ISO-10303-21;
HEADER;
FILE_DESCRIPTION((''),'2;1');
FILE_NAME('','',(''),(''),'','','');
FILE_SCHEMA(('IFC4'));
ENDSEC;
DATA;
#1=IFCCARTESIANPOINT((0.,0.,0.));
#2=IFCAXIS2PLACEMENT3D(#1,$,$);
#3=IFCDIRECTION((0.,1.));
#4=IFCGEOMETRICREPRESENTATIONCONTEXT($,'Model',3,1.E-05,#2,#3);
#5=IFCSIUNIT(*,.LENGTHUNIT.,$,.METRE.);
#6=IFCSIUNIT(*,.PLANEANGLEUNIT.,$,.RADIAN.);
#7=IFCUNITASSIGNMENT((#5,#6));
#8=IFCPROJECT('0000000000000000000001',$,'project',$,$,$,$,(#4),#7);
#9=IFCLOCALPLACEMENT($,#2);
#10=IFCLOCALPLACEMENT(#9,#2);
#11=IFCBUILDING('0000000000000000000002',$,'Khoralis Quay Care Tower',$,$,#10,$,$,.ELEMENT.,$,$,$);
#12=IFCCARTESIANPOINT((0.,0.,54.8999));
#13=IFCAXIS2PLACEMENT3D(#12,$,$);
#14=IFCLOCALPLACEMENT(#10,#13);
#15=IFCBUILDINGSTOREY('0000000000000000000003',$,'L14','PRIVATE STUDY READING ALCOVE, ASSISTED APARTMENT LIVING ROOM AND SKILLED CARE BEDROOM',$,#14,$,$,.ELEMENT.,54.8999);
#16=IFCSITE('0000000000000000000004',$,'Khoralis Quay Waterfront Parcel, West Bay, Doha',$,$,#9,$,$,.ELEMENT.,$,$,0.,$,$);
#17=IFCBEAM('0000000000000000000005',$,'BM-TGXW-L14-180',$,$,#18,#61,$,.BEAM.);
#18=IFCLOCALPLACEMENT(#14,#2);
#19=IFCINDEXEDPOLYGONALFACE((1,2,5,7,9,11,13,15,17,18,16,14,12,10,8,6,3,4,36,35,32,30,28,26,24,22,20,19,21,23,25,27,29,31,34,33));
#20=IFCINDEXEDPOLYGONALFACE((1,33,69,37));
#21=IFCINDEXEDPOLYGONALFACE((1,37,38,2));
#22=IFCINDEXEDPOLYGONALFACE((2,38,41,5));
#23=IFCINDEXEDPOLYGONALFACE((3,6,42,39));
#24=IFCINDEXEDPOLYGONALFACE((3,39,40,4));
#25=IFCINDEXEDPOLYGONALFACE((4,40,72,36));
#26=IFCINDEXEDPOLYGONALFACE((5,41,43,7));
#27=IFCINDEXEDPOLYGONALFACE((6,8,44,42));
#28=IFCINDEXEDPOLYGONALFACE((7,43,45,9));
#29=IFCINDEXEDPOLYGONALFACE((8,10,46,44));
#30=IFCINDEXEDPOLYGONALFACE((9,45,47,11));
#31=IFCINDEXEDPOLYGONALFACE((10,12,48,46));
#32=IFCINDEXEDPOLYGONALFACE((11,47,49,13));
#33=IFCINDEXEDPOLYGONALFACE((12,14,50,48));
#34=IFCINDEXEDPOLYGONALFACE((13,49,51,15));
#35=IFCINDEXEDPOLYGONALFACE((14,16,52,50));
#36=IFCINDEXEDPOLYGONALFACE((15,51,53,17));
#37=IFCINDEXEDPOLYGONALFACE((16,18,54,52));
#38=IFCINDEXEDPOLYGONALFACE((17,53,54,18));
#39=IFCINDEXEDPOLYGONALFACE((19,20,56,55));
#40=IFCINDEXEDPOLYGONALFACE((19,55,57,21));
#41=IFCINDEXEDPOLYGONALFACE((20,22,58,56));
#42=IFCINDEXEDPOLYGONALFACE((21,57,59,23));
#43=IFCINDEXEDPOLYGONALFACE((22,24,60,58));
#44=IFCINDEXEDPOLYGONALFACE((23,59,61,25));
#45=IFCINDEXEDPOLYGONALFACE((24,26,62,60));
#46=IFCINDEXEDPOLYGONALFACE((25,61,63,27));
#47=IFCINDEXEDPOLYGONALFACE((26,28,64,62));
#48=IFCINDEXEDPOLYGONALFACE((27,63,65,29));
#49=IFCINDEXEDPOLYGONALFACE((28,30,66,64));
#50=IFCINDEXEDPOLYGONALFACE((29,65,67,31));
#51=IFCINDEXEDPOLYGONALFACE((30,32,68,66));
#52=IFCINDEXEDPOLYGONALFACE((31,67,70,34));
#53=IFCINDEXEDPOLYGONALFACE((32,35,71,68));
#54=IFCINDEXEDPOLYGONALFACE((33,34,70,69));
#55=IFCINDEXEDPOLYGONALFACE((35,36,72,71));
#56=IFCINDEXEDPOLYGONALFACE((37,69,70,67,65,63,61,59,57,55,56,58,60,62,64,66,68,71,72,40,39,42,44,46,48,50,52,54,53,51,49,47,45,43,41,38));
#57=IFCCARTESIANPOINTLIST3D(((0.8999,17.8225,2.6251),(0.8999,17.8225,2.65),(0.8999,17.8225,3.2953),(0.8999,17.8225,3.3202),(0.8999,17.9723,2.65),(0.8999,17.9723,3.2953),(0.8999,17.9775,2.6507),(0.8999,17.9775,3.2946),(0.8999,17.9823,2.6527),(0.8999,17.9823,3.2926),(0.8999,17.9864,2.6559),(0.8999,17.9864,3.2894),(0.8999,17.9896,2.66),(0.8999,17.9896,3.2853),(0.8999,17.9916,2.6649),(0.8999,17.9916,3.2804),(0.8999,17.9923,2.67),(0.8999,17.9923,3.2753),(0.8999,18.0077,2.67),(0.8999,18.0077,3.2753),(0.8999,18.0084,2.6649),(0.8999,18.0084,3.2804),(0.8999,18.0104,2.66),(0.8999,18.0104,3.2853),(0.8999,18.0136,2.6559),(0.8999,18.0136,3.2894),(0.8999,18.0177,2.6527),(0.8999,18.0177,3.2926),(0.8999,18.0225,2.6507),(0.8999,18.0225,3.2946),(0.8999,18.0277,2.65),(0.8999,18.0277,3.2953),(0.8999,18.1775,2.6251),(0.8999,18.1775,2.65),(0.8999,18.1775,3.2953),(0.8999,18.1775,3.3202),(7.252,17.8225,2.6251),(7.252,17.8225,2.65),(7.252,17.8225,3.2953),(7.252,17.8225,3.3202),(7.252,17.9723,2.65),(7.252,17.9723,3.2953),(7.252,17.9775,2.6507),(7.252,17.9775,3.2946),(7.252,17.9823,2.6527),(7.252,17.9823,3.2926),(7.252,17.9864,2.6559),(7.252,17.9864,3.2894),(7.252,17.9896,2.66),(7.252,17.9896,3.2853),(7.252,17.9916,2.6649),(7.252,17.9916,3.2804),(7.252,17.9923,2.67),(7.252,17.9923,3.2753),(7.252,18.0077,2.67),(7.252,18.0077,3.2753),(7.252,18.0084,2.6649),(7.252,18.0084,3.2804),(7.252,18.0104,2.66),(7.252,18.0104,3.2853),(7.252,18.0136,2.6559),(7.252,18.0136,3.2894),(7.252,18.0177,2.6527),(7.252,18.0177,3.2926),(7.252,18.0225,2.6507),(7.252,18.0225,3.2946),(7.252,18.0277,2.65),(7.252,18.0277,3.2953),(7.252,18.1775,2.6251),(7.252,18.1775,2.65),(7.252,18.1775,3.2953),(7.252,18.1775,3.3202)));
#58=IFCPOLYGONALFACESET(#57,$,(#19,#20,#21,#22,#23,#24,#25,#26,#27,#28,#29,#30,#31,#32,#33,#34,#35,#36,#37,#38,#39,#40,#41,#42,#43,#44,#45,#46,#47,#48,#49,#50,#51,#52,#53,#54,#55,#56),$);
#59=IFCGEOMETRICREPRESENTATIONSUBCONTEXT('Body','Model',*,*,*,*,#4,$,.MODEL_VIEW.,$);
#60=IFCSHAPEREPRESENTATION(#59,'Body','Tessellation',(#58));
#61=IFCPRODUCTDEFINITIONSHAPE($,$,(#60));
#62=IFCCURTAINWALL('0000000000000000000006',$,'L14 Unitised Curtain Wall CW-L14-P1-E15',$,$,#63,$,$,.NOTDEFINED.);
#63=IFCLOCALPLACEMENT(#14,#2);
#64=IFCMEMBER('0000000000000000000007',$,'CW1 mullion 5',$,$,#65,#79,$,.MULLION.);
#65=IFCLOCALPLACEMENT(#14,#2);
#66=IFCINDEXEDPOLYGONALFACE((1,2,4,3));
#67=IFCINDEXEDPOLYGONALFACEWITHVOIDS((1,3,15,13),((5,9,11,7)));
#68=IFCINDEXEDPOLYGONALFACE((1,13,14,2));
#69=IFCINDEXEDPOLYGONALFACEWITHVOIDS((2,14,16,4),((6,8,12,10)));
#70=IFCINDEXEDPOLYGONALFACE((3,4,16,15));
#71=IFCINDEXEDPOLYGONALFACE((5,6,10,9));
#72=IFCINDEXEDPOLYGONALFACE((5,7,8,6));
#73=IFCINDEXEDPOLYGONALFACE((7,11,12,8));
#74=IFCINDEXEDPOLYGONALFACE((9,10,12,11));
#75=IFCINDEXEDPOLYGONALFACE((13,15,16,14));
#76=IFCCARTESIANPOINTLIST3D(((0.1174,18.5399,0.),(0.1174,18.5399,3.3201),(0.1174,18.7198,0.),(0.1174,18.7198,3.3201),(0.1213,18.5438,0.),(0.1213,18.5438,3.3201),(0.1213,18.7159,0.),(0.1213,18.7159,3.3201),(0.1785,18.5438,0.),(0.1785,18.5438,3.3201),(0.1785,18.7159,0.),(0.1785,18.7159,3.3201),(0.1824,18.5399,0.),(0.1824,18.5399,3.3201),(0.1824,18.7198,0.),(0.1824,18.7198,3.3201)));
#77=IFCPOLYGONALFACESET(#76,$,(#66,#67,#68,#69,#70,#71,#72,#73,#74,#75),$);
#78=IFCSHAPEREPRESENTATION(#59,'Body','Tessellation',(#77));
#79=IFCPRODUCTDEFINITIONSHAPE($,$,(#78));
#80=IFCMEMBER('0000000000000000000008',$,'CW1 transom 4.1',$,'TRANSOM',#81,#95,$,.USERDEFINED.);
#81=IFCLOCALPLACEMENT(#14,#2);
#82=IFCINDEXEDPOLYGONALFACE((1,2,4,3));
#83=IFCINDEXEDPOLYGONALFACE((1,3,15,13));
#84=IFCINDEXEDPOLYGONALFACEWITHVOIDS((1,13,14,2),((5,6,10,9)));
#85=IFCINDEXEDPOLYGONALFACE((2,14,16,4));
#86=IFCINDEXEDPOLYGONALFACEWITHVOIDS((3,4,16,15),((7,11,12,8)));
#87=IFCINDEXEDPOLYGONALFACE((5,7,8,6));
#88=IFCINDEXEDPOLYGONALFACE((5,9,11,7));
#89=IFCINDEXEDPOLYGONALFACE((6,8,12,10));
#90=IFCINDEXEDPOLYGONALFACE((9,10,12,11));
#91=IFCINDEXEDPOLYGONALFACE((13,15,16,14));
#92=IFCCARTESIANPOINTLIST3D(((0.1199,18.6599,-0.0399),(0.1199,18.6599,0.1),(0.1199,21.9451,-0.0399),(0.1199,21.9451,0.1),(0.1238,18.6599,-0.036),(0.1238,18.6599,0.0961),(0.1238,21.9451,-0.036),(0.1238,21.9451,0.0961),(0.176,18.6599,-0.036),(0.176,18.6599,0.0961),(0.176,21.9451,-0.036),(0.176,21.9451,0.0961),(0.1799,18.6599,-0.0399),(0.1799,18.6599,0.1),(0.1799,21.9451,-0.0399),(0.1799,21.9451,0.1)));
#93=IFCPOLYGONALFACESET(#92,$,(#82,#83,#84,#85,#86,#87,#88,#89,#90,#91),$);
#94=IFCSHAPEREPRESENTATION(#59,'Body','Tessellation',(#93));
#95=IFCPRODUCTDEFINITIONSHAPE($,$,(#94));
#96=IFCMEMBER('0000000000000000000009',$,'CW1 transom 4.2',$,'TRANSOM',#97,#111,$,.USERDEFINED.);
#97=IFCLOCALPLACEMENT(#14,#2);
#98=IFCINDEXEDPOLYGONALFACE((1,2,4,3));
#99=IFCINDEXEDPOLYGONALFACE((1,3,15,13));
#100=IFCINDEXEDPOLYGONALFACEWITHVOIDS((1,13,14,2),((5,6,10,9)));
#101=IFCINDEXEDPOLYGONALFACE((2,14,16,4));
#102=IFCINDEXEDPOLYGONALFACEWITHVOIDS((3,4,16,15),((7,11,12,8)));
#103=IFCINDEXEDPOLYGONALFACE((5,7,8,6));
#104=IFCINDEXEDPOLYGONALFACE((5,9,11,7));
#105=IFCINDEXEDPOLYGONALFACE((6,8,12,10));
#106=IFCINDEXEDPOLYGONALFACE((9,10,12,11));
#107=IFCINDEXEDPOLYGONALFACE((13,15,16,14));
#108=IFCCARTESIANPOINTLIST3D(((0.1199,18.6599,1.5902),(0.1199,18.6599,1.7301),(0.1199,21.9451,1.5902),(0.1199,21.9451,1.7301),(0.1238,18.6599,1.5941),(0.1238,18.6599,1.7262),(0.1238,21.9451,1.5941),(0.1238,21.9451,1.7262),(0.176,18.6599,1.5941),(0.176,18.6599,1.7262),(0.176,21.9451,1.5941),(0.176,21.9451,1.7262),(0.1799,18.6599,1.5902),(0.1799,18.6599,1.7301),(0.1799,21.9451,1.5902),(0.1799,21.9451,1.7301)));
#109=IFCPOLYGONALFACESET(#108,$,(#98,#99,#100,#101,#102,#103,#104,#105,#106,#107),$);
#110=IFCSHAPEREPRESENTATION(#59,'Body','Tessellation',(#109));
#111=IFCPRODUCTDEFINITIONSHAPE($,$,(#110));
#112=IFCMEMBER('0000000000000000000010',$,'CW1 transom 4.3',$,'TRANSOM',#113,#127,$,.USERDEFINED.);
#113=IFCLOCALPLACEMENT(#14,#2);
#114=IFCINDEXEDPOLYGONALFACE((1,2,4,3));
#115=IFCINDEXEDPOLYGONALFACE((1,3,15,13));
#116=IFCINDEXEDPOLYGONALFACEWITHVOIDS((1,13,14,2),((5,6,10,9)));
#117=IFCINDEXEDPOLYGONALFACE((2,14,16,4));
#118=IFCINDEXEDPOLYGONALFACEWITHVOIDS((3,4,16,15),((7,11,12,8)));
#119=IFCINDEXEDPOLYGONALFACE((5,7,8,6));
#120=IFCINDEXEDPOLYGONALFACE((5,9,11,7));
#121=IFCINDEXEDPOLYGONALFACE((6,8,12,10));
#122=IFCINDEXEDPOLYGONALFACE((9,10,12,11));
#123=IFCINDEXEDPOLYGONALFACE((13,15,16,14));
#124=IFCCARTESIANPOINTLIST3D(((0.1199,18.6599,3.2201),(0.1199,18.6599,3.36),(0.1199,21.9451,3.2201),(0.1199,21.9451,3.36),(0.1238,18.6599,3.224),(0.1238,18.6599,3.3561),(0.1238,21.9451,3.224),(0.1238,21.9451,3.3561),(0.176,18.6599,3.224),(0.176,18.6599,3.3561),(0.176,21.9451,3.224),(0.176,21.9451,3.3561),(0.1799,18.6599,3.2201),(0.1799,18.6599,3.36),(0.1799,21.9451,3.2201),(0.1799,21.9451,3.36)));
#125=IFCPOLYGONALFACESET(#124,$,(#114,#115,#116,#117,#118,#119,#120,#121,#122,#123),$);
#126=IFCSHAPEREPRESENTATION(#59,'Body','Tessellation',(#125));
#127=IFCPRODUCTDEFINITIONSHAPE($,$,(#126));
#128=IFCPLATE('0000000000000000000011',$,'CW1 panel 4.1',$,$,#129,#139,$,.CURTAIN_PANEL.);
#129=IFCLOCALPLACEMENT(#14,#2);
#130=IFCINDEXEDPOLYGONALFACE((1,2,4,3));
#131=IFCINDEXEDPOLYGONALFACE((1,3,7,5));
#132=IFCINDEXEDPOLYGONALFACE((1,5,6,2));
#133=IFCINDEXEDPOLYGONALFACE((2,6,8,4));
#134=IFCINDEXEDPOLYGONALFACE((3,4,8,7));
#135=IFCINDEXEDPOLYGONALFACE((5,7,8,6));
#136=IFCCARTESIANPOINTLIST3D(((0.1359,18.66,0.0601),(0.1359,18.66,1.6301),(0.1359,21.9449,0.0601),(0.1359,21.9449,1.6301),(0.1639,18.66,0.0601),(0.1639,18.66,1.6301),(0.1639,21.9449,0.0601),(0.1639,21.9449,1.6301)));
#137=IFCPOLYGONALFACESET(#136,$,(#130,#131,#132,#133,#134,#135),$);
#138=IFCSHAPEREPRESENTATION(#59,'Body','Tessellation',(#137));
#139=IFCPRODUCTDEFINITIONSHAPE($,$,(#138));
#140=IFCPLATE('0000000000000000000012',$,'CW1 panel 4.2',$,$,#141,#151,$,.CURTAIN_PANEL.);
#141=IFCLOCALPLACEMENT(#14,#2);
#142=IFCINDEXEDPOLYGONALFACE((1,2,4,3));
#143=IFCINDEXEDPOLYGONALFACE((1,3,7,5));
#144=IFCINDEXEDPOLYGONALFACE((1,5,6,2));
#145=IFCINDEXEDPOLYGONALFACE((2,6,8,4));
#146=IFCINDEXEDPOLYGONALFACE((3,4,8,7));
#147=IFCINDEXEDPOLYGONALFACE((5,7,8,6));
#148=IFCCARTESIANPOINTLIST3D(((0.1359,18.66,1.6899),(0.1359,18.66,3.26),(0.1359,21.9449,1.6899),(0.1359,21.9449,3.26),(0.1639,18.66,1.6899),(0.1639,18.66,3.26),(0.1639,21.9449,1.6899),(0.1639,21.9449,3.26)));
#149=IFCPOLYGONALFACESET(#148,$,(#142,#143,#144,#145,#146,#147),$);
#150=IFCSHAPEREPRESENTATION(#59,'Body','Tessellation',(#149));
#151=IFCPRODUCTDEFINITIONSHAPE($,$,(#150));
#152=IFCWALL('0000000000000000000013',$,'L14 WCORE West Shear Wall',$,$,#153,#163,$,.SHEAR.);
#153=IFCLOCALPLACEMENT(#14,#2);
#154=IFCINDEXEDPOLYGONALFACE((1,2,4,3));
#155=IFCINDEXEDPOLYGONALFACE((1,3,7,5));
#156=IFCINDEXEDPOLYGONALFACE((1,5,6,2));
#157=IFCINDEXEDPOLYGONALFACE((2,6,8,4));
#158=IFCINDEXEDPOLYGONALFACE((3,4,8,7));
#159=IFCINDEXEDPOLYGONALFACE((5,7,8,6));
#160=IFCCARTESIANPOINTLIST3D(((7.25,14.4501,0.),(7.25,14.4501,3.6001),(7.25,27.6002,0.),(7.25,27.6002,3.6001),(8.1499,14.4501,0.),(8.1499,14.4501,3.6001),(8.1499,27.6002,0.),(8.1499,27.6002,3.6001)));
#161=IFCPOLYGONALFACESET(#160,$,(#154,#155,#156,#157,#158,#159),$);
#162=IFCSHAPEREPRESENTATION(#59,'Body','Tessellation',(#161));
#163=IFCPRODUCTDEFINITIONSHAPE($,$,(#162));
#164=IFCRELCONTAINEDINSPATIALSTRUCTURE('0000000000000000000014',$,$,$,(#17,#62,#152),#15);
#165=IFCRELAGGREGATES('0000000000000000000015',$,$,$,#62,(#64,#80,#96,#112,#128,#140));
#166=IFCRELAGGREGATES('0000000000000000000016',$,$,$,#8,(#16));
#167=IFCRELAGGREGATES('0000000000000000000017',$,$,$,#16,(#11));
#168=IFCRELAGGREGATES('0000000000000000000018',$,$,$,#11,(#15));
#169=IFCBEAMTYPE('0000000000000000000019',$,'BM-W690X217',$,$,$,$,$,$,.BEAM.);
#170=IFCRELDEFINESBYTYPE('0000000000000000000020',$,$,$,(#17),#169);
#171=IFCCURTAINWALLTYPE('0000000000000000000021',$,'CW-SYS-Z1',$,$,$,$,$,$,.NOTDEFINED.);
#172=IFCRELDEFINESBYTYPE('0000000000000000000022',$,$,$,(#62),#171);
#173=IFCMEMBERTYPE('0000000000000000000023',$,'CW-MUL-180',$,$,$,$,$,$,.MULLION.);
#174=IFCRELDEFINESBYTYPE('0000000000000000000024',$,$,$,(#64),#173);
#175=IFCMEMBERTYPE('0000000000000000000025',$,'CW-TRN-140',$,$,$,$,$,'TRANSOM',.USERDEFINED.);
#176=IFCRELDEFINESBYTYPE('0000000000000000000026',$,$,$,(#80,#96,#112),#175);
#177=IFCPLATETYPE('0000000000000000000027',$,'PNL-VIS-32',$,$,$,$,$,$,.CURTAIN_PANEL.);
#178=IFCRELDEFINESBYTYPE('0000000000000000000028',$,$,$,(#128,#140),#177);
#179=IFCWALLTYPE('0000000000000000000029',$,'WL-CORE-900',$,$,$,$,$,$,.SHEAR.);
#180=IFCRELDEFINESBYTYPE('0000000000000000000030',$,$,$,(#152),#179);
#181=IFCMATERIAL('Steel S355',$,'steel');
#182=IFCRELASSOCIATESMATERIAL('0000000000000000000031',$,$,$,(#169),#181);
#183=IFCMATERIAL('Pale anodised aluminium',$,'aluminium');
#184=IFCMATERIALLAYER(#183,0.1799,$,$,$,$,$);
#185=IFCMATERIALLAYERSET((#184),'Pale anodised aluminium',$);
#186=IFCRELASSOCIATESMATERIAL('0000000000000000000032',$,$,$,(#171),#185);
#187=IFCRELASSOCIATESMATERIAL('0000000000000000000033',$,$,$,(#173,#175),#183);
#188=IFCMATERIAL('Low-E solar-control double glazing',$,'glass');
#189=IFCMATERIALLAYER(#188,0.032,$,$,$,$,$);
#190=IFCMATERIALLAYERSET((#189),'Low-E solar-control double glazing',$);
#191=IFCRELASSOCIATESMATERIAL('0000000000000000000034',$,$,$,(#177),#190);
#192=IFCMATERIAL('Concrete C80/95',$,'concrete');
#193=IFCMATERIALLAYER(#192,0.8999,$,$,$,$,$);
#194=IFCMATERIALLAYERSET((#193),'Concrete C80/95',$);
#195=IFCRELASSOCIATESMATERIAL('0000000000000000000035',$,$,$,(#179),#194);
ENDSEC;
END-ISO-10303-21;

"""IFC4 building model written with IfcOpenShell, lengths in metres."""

from ifc_helpers import new_model, si_unit, direction, frame, frame_2d, origin, origin_2d, place, context, subcontext, project, spatial, rectangle, hollow_rectangle, i_section, extrude, source, transform, mapped, material, layer, layer_set, material_profile, profile_set, type_object, element, aggregate, save


model = new_model("IFC4")

# Units and contexts
model_context = context("Model", 3, precision=1e-05, world=origin(), true_north=direction((0.0, 1.0)))
body_context = subcontext(model_context, "Body", "Model", "MODEL_VIEW")
ifc_project = project(units=[si_unit("LENGTHUNIT", "METRE"), si_unit("PLANEANGLEUNIT", "RADIAN")], contexts=[model_context])

# Site, building, storey
site_placement = place(None, origin())
site = spatial("IfcSite", under=ifc_project, at=site_placement, Name="Khoralis Quay Waterfront Parcel, West Bay, Doha", CompositionType="ELEMENT", RefElevation=0.0)
building_placement = place(site_placement, origin())
building = spatial("IfcBuilding", under=site, at=building_placement, Name="Khoralis Quay Care Tower", CompositionType="ELEMENT")
storey_placement = place(building_placement, frame((0.0, 0.0, 54.8999)))
storey = spatial("IfcBuildingStorey", under=building, at=storey_placement, Name="L14", Description="PRIVATE STUDY READING ALCOVE, ASSISTED APARTMENT LIVING ROOM AND SKILLED CARE BEDROOM", CompositionType="ELEMENT", Elevation=54.8999)

# Shared definitions
ifc_material_1 = material(Name="Concrete C80/95", Category="concrete")

# Beam
ifc_material_2 = material(Name="Steel S355", Category="steel")
ifc_material_profile_1 = material_profile(ifc_material_2, i_section(OverallWidth=0.355, OverallDepth=0.6951, WebThickness=0.0154, FlangeThickness=0.0249, FilletRadius=0.02, at=origin_2d()), Name="Steel S355")
ifc_profile_set_1 = profile_set([ifc_material_profile_1], Name="Steel S355")
beam_type_1 = type_object("IfcBeamType", Name="BM-W690X217", PredefinedType="BEAM", material=ifc_profile_set_1)
shared_shape_1 = source(origin(), body_context, "Body", "SweptSolid", [
    extrude(i_section(OverallWidth=0.355, OverallDepth=0.6951, WebThickness=0.0154, FlangeThickness=0.0249, FilletRadius=0.02, at=origin_2d()), origin(), (0.0, 0.0, 1.0), 6.3521),
])
beam_1_placement = place(storey_placement, frame((0.8999, 18.0, 2.9727), z_axis=(1.0, 0.0, 0.0), x_axis=(0.0, 1.0, 0.0)))
element("IfcBeam", 1, at=beam_1_placement, inside=storey, type_object=beam_type_1, Name="BM-TGXW-L14-180", PredefinedType="BEAM", context=body_context, shape_type="MappedRepresentation", body=[
    mapped(shared_shape_1, transform((0.0, 0.0, 0.0), scale=1.0)),
])

# Curtain wall, members, plates
ifc_material_3 = material(Name="Pale anodised aluminium", Category="aluminium")
ifc_layer_1 = layer(ifc_material_3, 0.1799)
ifc_layer_set_1 = layer_set([ifc_layer_1], Name="Pale anodised aluminium")
curtain_wall_type = type_object("IfcCurtainWallType", Name="CW-SYS-Z1", PredefinedType="NOTDEFINED", material=ifc_layer_set_1)
curtain_wall_placement = place(storey_placement, origin())
curtain_wall = element("IfcCurtainWall", 2, at=curtain_wall_placement, inside=storey, type_object=curtain_wall_type, Name="L14 Unitised Curtain Wall CW-L14-P1-E15", PredefinedType="NOTDEFINED")
ifc_material_profile_2 = material_profile(ifc_material_3, hollow_rectangle(XDim=0.0649, YDim=0.1799, WallThickness=0.0039, at=origin_2d()), Name="Pale anodised aluminium")
ifc_profile_set_2 = profile_set([ifc_material_profile_2], Name="Pale anodised aluminium")
member_type_1 = type_object("IfcMemberType", Name="CW-MUL-180", PredefinedType="MULLION", material=ifc_profile_set_2)
shared_shape_2 = source(origin(), body_context, "Body", "SweptSolid", [
    extrude(hollow_rectangle(XDim=0.0649, YDim=0.1799, WallThickness=0.0039, at=origin_2d()), origin(), (0.0, 0.0, 1.0), 3.3201),
])
member_1_placement = place(storey_placement, frame((0.1499, 18.6299, 0.0), z_axis=(0.0, 0.0, 1.0), x_axis=(1.0, 0.0, 0.0)))
member_1 = element("IfcMember", 3, at=member_1_placement, type_object=member_type_1, Name="CW1 mullion 5", PredefinedType="MULLION", context=body_context, shape_type="MappedRepresentation", body=[
    mapped(shared_shape_2, transform((0.0, 0.0, 0.0), scale=1.0)),
])
ifc_material_profile_3 = material_profile(ifc_material_3, hollow_rectangle(XDim=0.0601, YDim=0.1399, WallThickness=0.0039, at=origin_2d()), Name="Pale anodised aluminium")
ifc_profile_set_3 = profile_set([ifc_material_profile_3], Name="Pale anodised aluminium")
member_type_2 = type_object("IfcMemberType", Name="CW-TRN-140", ElementType="TRANSOM", PredefinedType="USERDEFINED", material=ifc_profile_set_3)
shared_shape_3 = source(origin(), body_context, "Body", "SweptSolid", [
    extrude(hollow_rectangle(XDim=0.0601, YDim=0.1399, WallThickness=0.0039, at=origin_2d()), origin(), (0.0, 0.0, 1.0), 3.2852),
])
member_2_placement = place(storey_placement, frame((0.1499, 21.9451, 0.03), z_axis=(0.0, -1.0, 0.0), x_axis=(1.0, 0.0, 0.0)))
member_2 = element("IfcMember", 4, at=member_2_placement, type_object=member_type_2, Name="CW1 transom 4.1", ObjectType="TRANSOM", PredefinedType="USERDEFINED", context=body_context, shape_type="MappedRepresentation", body=[
    mapped(shared_shape_3, transform((0.0, 0.0, 0.0), scale=1.0)),
])
member_3_placement = place(storey_placement, frame((0.1499, 21.9451, 1.6602), z_axis=(0.0, -1.0, 0.0), x_axis=(1.0, 0.0, 0.0)))
member_3 = element("IfcMember", 5, at=member_3_placement, type_object=member_type_2, Name="CW1 transom 4.2", ObjectType="TRANSOM", PredefinedType="USERDEFINED", context=body_context, shape_type="MappedRepresentation", body=[
    mapped(shared_shape_3, transform((0.0, 0.0, 0.0), scale=1.0)),
])
member_4_placement = place(storey_placement, frame((0.1499, 21.9451, 3.29), z_axis=(0.0, -1.0, 0.0), x_axis=(1.0, 0.0, 0.0)))
member_4 = element("IfcMember", 6, at=member_4_placement, type_object=member_type_2, Name="CW1 transom 4.3", ObjectType="TRANSOM", PredefinedType="USERDEFINED", context=body_context, shape_type="MappedRepresentation", body=[
    mapped(shared_shape_3, transform((0.0, 0.0, 0.0), scale=1.0)),
])
ifc_material_4 = material(Name="Low-E solar-control double glazing", Category="glass")
ifc_layer_2 = layer(ifc_material_4, 0.032)
ifc_layer_set_2 = layer_set([ifc_layer_2], Name="Low-E solar-control double glazing")
plate_type = type_object("IfcPlateType", Name="PNL-VIS-32", PredefinedType="CURTAIN_PANEL", material=ifc_layer_set_2)
shared_shape_4 = source(origin(), body_context, "Body", "SweptSolid", [
    extrude(rectangle(XDim=3.2849, YDim=0.0281, at=origin_2d()), origin(), (0.0, 0.0, 1.0), 1.5701),
])
plate_1_placement = place(storey_placement, frame((0.1499, 20.3025, 0.0601), z_axis=(0.0, 0.0, 1.0), x_axis=(0.0, -1.0, 0.0)))
plate_1 = element("IfcPlate", 7, at=plate_1_placement, type_object=plate_type, Name="CW1 panel 4.1", PredefinedType="CURTAIN_PANEL", context=body_context, shape_type="MappedRepresentation", body=[
    mapped(shared_shape_4, transform((0.0, 0.0, 0.0), scale=1.0)),
])
plate_2_placement = place(storey_placement, frame((0.1499, 20.3025, 1.6899), z_axis=(0.0, 0.0, 1.0), x_axis=(0.0, -1.0, 0.0)))
plate_2 = element("IfcPlate", 8, at=plate_2_placement, type_object=plate_type, Name="CW1 panel 4.2", PredefinedType="CURTAIN_PANEL", context=body_context, shape_type="MappedRepresentation", body=[
    mapped(shared_shape_4, transform((0.0, 0.0, 0.0), scale=1.0)),
])
aggregate(curtain_wall, [member_1, member_2, member_3, member_4, plate_1, plate_2])

# Wall
ifc_layer_3 = layer(ifc_material_1, 0.8999)
ifc_layer_set_3 = layer_set([ifc_layer_3], Name="Concrete C80/95")
wall_type_1 = type_object("IfcWallType", Name="WL-CORE-900", PredefinedType="SHEAR", material=ifc_layer_set_3)
wall_1_placement = place(storey_placement, frame((7.7, 14.45, 0.0), z_axis=(0.0, 0.0, 1.0), x_axis=(0.0, 1.0, 0.0)))
element("IfcWall", 9, at=wall_1_placement, inside=storey, type_object=wall_type_1, Name="L14 WCORE West Shear Wall", PredefinedType="SHEAR", context=body_context, shape_type="SweptSolid", body=[
    extrude(rectangle(XDim=13.1501, YDim=0.8999, at=frame_2d((6.5752, 0.0))), origin(), (0.0, 0.0, 1.0), 3.6001),
])

save(model, "model.ifc")
